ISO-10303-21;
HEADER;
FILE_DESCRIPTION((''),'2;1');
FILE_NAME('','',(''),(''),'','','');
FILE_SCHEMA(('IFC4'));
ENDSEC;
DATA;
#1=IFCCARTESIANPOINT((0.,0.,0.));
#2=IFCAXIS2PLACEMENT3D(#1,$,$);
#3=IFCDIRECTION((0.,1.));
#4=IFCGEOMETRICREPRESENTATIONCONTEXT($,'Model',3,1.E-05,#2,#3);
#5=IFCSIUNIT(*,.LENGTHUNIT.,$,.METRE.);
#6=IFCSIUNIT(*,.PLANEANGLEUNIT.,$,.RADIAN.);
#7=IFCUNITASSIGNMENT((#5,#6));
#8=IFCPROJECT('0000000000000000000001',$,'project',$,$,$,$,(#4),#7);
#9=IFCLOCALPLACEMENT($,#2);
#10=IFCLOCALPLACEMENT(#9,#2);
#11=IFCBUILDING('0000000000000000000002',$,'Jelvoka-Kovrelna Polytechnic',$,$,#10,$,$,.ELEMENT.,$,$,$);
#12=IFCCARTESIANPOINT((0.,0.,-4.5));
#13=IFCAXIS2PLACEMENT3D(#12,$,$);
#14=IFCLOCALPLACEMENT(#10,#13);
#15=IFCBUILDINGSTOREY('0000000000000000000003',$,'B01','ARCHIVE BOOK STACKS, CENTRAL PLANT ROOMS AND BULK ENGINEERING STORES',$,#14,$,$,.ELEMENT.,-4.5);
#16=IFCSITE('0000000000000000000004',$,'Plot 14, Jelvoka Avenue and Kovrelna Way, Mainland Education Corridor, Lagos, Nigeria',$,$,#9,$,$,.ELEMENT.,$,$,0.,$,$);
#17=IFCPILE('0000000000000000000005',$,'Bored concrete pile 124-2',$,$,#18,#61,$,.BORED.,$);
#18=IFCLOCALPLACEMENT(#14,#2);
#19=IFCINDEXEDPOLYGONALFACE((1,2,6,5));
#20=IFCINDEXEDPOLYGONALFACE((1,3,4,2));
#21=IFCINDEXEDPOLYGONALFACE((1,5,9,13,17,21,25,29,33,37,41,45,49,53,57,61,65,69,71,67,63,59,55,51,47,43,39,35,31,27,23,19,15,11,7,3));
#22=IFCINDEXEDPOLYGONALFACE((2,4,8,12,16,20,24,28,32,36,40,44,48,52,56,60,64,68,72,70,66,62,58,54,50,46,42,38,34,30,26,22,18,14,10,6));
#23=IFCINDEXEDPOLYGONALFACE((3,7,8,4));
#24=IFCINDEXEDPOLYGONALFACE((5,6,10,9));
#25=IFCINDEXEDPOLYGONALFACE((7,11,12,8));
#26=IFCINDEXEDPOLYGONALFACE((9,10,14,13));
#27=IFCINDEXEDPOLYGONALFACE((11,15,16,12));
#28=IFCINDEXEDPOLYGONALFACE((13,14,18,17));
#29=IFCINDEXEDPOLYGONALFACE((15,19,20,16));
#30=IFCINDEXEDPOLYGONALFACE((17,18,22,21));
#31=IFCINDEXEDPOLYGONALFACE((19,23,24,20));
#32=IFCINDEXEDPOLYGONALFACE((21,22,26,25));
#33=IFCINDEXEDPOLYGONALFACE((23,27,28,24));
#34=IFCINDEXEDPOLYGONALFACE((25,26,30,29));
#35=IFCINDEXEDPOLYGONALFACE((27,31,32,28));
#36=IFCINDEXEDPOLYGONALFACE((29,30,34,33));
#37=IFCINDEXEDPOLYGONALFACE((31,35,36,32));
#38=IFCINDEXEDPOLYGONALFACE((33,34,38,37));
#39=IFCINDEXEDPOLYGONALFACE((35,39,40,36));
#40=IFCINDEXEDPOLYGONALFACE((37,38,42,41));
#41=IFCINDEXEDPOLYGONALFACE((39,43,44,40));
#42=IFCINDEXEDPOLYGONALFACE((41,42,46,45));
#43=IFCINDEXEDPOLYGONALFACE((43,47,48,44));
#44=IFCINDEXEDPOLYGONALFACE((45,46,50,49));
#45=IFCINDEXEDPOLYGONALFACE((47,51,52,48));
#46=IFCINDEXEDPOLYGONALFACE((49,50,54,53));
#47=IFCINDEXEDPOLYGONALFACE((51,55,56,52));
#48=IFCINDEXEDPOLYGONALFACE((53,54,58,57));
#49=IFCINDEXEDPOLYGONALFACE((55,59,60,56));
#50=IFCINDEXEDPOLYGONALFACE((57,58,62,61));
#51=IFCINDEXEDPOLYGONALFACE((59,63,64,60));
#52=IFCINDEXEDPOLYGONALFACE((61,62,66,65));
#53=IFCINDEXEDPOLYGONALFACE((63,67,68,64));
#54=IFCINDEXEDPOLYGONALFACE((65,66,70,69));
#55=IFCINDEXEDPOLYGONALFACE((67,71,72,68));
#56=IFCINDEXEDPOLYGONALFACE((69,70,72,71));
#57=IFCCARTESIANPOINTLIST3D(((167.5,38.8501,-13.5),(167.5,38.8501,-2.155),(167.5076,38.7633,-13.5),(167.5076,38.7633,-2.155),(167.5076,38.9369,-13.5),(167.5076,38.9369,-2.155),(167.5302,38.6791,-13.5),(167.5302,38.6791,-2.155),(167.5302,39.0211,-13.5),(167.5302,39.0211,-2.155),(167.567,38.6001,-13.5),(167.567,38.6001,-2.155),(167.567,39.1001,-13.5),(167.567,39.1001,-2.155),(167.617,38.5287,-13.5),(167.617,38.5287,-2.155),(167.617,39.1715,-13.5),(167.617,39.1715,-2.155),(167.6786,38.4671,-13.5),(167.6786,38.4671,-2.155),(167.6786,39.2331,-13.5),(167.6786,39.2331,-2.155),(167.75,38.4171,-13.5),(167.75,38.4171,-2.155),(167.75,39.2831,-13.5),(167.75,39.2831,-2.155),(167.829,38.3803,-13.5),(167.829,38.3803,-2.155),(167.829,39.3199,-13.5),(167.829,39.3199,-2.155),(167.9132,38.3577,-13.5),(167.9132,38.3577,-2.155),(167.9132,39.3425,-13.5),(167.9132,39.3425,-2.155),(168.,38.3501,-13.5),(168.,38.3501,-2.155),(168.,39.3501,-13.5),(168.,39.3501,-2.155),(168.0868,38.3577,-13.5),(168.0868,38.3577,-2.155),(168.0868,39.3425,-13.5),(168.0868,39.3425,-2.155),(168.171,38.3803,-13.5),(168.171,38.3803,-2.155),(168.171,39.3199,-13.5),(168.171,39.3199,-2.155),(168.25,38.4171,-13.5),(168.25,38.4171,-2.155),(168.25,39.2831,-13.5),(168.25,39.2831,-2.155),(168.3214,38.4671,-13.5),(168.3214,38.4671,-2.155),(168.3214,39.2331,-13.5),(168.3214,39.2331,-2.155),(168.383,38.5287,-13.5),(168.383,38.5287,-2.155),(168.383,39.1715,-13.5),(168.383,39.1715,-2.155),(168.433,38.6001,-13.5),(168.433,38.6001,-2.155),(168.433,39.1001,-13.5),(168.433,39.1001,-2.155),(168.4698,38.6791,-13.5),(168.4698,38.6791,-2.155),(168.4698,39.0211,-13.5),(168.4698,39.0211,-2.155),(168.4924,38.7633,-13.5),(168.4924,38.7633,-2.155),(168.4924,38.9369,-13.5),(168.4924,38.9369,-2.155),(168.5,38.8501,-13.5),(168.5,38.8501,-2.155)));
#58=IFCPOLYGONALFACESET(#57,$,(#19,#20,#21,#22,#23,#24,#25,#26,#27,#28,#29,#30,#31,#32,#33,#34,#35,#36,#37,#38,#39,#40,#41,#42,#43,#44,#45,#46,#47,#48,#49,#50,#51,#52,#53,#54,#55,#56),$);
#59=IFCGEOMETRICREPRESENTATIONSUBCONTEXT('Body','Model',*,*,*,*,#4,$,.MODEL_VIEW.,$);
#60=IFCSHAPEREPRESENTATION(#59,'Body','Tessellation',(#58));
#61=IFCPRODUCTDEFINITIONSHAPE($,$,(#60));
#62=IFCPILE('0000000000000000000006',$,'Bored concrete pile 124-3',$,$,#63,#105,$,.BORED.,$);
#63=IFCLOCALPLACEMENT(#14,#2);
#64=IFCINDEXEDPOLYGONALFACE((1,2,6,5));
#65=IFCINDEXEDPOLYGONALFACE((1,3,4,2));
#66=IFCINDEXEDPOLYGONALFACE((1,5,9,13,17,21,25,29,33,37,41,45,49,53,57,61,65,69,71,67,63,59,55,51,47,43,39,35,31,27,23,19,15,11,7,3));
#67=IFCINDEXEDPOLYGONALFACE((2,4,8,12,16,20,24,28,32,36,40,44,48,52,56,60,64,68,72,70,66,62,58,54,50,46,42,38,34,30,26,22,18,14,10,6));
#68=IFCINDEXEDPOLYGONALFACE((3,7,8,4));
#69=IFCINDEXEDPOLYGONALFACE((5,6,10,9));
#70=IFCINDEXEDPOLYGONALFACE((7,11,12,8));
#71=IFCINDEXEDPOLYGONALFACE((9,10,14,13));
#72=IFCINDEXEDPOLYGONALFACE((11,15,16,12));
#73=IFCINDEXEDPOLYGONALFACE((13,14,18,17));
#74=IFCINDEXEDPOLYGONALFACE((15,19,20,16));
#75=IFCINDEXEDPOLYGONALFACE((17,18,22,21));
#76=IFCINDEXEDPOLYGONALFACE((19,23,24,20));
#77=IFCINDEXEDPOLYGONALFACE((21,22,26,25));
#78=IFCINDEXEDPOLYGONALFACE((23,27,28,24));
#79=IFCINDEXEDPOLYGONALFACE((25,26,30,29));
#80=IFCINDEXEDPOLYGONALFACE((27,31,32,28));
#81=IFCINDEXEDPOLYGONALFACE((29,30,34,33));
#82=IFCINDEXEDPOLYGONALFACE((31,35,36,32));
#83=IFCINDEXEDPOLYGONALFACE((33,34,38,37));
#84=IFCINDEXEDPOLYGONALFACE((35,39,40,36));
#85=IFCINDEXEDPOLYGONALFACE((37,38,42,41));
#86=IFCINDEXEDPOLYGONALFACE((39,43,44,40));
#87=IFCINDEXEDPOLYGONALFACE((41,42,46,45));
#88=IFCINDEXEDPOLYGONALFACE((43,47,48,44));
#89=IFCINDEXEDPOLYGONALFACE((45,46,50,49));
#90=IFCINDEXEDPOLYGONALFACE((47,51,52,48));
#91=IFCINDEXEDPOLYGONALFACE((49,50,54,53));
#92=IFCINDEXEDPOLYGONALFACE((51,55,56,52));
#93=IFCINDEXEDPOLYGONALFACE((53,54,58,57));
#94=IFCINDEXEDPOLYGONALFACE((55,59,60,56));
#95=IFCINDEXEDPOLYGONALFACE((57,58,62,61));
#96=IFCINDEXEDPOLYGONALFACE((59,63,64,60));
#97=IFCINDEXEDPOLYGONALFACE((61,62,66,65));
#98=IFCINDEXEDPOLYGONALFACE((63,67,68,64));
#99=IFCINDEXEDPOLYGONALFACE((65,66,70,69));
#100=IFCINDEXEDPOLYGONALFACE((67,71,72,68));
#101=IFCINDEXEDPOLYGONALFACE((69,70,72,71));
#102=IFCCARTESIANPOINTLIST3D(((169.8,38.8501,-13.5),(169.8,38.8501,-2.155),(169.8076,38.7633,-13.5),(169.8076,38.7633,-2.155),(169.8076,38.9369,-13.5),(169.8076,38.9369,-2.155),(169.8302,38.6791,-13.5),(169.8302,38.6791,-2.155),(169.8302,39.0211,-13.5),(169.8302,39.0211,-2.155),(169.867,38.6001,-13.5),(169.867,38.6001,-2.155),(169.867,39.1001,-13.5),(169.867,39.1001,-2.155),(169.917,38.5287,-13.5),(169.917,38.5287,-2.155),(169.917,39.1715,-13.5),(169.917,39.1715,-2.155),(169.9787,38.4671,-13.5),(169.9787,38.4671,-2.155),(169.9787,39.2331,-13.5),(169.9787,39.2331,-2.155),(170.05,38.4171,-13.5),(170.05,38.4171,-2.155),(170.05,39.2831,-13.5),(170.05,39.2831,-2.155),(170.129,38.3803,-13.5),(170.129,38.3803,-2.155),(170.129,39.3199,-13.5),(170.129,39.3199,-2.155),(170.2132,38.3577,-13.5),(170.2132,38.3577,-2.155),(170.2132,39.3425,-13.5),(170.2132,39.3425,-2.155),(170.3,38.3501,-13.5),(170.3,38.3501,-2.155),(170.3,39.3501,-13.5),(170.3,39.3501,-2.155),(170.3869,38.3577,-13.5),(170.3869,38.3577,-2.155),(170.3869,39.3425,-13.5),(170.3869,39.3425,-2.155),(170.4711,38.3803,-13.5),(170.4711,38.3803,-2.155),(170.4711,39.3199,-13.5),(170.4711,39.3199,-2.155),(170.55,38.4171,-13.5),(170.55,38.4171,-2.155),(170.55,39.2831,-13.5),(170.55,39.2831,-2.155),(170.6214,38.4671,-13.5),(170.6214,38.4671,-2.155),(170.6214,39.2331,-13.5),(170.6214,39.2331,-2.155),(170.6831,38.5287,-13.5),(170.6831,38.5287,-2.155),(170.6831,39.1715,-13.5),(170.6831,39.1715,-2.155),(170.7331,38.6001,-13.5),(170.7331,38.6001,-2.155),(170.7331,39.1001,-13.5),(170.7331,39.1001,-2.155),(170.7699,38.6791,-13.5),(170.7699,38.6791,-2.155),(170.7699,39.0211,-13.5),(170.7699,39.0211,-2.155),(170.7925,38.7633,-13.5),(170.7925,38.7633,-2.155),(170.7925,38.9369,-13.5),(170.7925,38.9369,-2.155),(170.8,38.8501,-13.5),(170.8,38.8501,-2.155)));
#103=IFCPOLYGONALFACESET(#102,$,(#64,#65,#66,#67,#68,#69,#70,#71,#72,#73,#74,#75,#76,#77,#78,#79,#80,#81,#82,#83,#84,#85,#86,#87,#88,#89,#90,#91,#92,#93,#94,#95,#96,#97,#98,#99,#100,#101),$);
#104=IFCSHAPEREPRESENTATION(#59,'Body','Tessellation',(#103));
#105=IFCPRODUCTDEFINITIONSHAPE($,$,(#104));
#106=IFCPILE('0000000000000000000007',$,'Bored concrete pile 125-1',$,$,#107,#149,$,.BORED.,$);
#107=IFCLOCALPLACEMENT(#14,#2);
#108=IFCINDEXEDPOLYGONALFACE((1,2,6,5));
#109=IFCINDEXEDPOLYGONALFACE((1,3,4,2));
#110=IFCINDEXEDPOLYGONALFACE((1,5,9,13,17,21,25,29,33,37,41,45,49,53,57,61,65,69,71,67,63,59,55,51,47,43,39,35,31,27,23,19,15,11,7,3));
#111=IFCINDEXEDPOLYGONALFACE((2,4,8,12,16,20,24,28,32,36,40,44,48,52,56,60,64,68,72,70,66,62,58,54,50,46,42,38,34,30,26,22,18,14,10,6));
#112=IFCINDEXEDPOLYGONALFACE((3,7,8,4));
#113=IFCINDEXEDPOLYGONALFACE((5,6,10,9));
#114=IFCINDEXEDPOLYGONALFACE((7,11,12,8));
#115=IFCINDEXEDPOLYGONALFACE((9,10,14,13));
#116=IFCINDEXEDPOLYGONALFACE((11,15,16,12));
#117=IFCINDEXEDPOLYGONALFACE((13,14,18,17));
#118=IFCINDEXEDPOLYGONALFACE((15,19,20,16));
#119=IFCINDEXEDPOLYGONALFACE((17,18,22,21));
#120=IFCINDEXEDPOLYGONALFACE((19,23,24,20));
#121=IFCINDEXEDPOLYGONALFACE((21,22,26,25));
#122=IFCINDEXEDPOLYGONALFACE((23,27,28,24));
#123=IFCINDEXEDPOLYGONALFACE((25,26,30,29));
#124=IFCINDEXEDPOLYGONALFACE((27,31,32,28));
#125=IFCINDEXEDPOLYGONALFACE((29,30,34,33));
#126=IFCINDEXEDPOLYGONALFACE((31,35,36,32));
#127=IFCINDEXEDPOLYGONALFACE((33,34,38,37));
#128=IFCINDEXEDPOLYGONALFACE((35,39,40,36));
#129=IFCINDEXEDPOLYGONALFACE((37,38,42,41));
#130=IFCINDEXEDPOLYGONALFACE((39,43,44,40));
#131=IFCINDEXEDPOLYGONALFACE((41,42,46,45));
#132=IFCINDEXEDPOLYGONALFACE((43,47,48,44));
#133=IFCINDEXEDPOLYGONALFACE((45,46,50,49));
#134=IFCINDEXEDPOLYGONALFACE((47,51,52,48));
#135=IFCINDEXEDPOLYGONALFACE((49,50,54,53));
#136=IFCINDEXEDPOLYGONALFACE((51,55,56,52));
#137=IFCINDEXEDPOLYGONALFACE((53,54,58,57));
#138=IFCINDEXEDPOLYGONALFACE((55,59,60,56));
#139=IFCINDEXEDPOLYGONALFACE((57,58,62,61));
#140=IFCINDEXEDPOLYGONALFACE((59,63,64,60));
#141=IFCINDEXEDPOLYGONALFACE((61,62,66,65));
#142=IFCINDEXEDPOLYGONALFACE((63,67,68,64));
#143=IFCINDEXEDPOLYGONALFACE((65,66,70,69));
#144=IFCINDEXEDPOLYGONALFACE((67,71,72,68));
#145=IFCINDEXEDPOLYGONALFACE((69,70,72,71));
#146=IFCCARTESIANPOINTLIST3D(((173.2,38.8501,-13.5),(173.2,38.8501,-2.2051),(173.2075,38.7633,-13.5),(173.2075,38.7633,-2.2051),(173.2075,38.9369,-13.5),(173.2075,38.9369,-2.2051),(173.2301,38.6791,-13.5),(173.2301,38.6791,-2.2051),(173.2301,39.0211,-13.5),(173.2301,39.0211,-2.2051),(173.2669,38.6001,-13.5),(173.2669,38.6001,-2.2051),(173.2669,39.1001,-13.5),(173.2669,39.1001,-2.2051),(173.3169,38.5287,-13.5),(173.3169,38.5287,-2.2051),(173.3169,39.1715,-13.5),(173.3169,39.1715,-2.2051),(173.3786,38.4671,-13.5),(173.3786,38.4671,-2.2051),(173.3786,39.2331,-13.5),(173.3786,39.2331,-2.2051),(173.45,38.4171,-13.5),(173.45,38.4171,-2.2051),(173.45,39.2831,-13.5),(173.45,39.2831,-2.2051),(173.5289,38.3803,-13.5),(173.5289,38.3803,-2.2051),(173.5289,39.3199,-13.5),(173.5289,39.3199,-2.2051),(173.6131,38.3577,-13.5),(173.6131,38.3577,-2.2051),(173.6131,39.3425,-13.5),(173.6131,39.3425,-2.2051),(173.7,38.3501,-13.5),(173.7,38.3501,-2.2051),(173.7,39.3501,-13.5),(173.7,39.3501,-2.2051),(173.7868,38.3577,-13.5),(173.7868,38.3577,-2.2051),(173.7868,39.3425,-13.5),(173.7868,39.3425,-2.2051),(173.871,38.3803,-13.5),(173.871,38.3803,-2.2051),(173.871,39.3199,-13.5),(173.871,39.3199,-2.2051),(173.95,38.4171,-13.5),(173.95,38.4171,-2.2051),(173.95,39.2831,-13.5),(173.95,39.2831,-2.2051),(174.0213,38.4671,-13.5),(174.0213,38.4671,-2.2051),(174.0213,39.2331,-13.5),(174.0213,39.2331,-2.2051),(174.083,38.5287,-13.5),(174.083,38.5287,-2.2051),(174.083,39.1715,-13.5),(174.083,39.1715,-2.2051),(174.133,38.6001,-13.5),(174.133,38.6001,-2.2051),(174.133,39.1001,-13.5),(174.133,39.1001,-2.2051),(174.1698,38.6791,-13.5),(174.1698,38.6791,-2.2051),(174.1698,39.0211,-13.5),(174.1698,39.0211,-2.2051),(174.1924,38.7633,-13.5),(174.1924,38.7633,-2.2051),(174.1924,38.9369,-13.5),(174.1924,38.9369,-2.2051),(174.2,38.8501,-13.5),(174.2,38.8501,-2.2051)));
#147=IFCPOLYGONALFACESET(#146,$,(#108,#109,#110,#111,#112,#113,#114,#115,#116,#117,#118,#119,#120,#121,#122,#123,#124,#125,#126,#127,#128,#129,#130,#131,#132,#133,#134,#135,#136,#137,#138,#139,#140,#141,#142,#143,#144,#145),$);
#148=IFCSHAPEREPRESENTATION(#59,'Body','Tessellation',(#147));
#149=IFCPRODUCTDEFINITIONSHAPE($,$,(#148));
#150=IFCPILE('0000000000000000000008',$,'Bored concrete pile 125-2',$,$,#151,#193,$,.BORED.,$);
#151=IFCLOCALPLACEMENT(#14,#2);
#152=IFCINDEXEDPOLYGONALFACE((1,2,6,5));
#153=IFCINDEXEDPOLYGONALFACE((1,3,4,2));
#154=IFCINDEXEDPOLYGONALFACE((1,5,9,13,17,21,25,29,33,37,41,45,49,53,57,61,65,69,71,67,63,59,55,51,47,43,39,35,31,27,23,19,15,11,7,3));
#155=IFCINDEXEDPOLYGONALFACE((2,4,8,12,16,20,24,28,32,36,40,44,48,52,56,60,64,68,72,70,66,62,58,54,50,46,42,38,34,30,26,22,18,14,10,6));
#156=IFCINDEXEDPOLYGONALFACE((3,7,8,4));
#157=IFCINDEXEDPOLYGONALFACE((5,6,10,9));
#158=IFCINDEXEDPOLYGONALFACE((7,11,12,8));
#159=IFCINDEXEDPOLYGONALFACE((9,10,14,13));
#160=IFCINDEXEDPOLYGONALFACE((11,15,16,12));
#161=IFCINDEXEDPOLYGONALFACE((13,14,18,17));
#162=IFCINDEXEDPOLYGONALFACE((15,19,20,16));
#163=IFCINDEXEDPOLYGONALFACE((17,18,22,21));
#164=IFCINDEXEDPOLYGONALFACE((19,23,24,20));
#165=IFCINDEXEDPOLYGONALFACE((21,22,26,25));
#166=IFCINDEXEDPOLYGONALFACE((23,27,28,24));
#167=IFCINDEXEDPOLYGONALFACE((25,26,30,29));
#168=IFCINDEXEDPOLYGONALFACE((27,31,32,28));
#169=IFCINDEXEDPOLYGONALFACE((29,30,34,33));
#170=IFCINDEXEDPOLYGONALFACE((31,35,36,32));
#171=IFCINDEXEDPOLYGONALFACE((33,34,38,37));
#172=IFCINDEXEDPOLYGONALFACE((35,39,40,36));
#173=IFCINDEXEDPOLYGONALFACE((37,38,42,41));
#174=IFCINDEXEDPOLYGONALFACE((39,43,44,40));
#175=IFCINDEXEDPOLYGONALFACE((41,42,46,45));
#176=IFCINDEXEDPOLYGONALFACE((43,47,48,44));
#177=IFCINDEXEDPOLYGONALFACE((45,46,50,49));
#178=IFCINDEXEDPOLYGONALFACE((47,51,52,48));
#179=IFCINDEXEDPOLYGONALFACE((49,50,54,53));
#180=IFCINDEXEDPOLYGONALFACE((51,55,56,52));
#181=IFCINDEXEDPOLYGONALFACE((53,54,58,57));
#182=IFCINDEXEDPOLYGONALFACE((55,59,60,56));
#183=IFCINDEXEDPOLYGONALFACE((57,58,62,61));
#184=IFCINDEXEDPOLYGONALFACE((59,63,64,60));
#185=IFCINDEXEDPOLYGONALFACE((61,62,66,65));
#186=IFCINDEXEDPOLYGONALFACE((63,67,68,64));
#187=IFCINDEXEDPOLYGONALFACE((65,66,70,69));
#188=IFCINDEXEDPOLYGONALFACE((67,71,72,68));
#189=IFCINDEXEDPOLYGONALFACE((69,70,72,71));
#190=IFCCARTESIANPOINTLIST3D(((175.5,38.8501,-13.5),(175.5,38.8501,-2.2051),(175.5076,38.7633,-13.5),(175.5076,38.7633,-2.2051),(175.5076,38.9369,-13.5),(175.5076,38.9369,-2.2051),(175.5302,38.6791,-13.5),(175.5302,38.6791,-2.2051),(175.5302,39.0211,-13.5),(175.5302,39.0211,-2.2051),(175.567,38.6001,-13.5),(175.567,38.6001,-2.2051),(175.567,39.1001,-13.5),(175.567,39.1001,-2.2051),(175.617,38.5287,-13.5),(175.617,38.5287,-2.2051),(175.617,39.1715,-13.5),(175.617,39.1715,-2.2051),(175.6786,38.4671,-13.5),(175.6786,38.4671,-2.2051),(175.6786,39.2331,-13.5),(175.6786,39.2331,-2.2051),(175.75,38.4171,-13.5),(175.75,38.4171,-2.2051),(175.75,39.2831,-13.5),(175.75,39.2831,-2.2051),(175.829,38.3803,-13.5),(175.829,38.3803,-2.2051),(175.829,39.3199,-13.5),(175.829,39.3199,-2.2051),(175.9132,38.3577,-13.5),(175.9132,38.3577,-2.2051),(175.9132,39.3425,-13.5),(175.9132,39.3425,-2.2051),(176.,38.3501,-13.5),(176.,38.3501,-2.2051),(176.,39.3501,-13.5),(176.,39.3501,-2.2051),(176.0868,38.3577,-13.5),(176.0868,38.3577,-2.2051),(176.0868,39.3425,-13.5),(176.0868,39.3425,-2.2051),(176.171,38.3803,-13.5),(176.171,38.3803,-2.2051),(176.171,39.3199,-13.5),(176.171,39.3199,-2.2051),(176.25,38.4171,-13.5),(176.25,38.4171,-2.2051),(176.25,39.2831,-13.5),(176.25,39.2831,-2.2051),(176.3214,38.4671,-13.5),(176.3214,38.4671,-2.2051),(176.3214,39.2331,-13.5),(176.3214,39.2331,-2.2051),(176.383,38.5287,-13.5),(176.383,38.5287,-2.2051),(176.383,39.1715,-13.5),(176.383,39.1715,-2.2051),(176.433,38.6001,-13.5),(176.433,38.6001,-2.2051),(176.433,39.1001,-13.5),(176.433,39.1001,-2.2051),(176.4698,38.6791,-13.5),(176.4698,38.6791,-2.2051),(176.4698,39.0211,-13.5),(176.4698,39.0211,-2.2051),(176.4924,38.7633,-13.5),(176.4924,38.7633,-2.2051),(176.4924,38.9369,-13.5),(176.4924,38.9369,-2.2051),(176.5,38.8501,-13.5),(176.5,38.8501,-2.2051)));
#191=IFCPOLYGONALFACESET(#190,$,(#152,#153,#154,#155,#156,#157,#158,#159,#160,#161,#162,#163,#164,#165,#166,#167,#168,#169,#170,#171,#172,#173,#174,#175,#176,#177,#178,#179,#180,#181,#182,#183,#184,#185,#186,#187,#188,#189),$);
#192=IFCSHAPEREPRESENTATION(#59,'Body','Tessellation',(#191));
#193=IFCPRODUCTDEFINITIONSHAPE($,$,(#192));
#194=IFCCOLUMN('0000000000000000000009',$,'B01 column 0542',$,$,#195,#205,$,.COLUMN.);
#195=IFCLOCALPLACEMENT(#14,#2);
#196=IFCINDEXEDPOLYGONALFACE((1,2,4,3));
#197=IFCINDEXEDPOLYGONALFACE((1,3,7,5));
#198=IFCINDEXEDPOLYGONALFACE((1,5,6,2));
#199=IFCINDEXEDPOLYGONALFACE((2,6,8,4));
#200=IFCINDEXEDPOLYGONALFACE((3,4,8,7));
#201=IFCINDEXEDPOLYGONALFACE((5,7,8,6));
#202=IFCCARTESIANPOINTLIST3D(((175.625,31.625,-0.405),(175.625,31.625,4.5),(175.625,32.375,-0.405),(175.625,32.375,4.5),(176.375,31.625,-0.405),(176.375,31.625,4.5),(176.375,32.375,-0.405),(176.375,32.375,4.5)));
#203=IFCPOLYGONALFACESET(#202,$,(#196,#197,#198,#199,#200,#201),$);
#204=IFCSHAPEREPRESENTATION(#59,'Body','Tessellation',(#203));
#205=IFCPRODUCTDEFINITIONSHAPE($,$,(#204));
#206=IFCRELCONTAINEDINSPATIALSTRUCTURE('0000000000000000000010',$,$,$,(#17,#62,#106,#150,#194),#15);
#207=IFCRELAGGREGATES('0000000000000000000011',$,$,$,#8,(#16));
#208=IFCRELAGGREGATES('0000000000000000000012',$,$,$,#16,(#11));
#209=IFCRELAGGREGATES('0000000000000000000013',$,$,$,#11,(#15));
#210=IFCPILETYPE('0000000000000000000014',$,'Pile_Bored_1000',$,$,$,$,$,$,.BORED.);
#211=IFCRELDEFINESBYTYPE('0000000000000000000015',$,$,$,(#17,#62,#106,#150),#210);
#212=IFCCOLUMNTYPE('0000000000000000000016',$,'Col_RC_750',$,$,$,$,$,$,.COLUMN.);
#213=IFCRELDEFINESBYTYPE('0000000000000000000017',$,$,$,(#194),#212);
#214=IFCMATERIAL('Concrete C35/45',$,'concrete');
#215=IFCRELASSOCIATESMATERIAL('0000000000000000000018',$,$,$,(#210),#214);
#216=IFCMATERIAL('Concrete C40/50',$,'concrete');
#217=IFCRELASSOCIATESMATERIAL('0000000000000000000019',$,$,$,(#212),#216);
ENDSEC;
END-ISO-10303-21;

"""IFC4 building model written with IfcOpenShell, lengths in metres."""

from ifc_helpers import new_model, si_unit, direction, frame, origin, origin_2d, place, context, subcontext, project, spatial, rectangle, circle, extrude, material, material_profile, profile_set, type_object, element, save


model = new_model("IFC4")

# Units and contexts
model_context = context("Model", 3, precision=1e-05, world=origin(), true_north=direction((0.0, 1.0)))
body_context = subcontext(model_context, "Body", "Model", "MODEL_VIEW")
ifc_project = project(units=[si_unit("LENGTHUNIT", "METRE"), si_unit("PLANEANGLEUNIT", "RADIAN")], contexts=[model_context])

# Site, building, storey
site_placement = place(None, origin())
site = spatial("IfcSite", under=ifc_project, at=site_placement, Name="Plot 14, Jelvoka Avenue and Kovrelna Way, Mainland Education Corridor, Lagos, Nigeria", CompositionType="ELEMENT", RefElevation=0.0)
building_placement = place(site_placement, origin())
building = spatial("IfcBuilding", under=site, at=building_placement, Name="Jelvoka-Kovrelna Polytechnic", CompositionType="ELEMENT")
storey_placement = place(building_placement, frame((0.0, 0.0, -4.5)))
storey = spatial("IfcBuildingStorey", under=building, at=storey_placement, Name="B01", Description="ARCHIVE BOOK STACKS, CENTRAL PLANT ROOMS AND BULK ENGINEERING STORES", CompositionType="ELEMENT", Elevation=-4.5)

# Piles
ifc_material_1 = material(Name="Concrete C35/45", Category="concrete")
ifc_material_profile_1 = material_profile(ifc_material_1, circle(Radius=0.5, at=origin_2d()), Name="PILE D1000")
ifc_profile_set_1 = profile_set([ifc_material_profile_1], Name="Concrete C35/45")
pile_type = type_object("IfcPileType", Name="Pile_Bored_1000", PredefinedType="BORED", material=ifc_profile_set_1)
for number, where, z_axis, x_axis, name in (
    (1, (168.0, 38.8501, -2.155), (0.0, 0.0, -1.0), (1.0, 0.0, 0.0), "Bored concrete pile 124-2"),
    (2, (170.3, 38.8501, -2.155), (0.0, 0.0, -1.0), (1.0, 0.0, 0.0), "Bored concrete pile 124-3"),
):
    element("IfcPile", number, at=place(storey_placement, frame(where, z_axis=z_axis, x_axis=x_axis)), inside=storey, type_object=pile_type, Name=name, PredefinedType="BORED", context=body_context, shape_type="SweptSolid", body=[
        extrude(circle(Radius=0.5, at=origin_2d()), origin(), (0.0, 0.0, 1.0), 11.345),
    ])
for number, where, z_axis, x_axis, name in (
    (3, (173.7, 38.8501, -2.2051), (0.0, 0.0, -1.0), (1.0, 0.0, 0.0), "Bored concrete pile 125-1"),
    (4, (176.0, 38.8501, -2.2051), (0.0, 0.0, -1.0), (1.0, 0.0, 0.0), "Bored concrete pile 125-2"),
):
    element("IfcPile", number, at=place(storey_placement, frame(where, z_axis=z_axis, x_axis=x_axis)), inside=storey, type_object=pile_type, Name=name, PredefinedType="BORED", context=body_context, shape_type="SweptSolid", body=[
        extrude(circle(Radius=0.5, at=origin_2d()), origin(), (0.0, 0.0, 1.0), 11.2949),
    ])

# Column
ifc_material_2 = material(Name="Concrete C40/50", Category="concrete")
ifc_material_profile_2 = material_profile(ifc_material_2, rectangle(XDim=0.75, YDim=0.75, at=origin_2d()), Name="RC 750x750")
ifc_profile_set_2 = profile_set([ifc_material_profile_2], Name="Concrete C40/50")
column_type = type_object("IfcColumnType", Name="Col_RC_750", PredefinedType="COLUMN", material=ifc_profile_set_2)
column_placement = place(storey_placement, frame((176.0, 32.0, -0.405), z_axis=(0.0, 0.0, 1.0), x_axis=(1.0, 0.0, 0.0)))
element("IfcColumn", 5, at=column_placement, inside=storey, type_object=column_type, Name="B01 column 0542", PredefinedType="COLUMN", context=body_context, shape_type="SweptSolid", body=[
    extrude(rectangle(XDim=0.75, YDim=0.75, at=origin_2d()), origin(), (0.0, 0.0, 1.0), 4.905),
])

save(model, "model.ifc")
